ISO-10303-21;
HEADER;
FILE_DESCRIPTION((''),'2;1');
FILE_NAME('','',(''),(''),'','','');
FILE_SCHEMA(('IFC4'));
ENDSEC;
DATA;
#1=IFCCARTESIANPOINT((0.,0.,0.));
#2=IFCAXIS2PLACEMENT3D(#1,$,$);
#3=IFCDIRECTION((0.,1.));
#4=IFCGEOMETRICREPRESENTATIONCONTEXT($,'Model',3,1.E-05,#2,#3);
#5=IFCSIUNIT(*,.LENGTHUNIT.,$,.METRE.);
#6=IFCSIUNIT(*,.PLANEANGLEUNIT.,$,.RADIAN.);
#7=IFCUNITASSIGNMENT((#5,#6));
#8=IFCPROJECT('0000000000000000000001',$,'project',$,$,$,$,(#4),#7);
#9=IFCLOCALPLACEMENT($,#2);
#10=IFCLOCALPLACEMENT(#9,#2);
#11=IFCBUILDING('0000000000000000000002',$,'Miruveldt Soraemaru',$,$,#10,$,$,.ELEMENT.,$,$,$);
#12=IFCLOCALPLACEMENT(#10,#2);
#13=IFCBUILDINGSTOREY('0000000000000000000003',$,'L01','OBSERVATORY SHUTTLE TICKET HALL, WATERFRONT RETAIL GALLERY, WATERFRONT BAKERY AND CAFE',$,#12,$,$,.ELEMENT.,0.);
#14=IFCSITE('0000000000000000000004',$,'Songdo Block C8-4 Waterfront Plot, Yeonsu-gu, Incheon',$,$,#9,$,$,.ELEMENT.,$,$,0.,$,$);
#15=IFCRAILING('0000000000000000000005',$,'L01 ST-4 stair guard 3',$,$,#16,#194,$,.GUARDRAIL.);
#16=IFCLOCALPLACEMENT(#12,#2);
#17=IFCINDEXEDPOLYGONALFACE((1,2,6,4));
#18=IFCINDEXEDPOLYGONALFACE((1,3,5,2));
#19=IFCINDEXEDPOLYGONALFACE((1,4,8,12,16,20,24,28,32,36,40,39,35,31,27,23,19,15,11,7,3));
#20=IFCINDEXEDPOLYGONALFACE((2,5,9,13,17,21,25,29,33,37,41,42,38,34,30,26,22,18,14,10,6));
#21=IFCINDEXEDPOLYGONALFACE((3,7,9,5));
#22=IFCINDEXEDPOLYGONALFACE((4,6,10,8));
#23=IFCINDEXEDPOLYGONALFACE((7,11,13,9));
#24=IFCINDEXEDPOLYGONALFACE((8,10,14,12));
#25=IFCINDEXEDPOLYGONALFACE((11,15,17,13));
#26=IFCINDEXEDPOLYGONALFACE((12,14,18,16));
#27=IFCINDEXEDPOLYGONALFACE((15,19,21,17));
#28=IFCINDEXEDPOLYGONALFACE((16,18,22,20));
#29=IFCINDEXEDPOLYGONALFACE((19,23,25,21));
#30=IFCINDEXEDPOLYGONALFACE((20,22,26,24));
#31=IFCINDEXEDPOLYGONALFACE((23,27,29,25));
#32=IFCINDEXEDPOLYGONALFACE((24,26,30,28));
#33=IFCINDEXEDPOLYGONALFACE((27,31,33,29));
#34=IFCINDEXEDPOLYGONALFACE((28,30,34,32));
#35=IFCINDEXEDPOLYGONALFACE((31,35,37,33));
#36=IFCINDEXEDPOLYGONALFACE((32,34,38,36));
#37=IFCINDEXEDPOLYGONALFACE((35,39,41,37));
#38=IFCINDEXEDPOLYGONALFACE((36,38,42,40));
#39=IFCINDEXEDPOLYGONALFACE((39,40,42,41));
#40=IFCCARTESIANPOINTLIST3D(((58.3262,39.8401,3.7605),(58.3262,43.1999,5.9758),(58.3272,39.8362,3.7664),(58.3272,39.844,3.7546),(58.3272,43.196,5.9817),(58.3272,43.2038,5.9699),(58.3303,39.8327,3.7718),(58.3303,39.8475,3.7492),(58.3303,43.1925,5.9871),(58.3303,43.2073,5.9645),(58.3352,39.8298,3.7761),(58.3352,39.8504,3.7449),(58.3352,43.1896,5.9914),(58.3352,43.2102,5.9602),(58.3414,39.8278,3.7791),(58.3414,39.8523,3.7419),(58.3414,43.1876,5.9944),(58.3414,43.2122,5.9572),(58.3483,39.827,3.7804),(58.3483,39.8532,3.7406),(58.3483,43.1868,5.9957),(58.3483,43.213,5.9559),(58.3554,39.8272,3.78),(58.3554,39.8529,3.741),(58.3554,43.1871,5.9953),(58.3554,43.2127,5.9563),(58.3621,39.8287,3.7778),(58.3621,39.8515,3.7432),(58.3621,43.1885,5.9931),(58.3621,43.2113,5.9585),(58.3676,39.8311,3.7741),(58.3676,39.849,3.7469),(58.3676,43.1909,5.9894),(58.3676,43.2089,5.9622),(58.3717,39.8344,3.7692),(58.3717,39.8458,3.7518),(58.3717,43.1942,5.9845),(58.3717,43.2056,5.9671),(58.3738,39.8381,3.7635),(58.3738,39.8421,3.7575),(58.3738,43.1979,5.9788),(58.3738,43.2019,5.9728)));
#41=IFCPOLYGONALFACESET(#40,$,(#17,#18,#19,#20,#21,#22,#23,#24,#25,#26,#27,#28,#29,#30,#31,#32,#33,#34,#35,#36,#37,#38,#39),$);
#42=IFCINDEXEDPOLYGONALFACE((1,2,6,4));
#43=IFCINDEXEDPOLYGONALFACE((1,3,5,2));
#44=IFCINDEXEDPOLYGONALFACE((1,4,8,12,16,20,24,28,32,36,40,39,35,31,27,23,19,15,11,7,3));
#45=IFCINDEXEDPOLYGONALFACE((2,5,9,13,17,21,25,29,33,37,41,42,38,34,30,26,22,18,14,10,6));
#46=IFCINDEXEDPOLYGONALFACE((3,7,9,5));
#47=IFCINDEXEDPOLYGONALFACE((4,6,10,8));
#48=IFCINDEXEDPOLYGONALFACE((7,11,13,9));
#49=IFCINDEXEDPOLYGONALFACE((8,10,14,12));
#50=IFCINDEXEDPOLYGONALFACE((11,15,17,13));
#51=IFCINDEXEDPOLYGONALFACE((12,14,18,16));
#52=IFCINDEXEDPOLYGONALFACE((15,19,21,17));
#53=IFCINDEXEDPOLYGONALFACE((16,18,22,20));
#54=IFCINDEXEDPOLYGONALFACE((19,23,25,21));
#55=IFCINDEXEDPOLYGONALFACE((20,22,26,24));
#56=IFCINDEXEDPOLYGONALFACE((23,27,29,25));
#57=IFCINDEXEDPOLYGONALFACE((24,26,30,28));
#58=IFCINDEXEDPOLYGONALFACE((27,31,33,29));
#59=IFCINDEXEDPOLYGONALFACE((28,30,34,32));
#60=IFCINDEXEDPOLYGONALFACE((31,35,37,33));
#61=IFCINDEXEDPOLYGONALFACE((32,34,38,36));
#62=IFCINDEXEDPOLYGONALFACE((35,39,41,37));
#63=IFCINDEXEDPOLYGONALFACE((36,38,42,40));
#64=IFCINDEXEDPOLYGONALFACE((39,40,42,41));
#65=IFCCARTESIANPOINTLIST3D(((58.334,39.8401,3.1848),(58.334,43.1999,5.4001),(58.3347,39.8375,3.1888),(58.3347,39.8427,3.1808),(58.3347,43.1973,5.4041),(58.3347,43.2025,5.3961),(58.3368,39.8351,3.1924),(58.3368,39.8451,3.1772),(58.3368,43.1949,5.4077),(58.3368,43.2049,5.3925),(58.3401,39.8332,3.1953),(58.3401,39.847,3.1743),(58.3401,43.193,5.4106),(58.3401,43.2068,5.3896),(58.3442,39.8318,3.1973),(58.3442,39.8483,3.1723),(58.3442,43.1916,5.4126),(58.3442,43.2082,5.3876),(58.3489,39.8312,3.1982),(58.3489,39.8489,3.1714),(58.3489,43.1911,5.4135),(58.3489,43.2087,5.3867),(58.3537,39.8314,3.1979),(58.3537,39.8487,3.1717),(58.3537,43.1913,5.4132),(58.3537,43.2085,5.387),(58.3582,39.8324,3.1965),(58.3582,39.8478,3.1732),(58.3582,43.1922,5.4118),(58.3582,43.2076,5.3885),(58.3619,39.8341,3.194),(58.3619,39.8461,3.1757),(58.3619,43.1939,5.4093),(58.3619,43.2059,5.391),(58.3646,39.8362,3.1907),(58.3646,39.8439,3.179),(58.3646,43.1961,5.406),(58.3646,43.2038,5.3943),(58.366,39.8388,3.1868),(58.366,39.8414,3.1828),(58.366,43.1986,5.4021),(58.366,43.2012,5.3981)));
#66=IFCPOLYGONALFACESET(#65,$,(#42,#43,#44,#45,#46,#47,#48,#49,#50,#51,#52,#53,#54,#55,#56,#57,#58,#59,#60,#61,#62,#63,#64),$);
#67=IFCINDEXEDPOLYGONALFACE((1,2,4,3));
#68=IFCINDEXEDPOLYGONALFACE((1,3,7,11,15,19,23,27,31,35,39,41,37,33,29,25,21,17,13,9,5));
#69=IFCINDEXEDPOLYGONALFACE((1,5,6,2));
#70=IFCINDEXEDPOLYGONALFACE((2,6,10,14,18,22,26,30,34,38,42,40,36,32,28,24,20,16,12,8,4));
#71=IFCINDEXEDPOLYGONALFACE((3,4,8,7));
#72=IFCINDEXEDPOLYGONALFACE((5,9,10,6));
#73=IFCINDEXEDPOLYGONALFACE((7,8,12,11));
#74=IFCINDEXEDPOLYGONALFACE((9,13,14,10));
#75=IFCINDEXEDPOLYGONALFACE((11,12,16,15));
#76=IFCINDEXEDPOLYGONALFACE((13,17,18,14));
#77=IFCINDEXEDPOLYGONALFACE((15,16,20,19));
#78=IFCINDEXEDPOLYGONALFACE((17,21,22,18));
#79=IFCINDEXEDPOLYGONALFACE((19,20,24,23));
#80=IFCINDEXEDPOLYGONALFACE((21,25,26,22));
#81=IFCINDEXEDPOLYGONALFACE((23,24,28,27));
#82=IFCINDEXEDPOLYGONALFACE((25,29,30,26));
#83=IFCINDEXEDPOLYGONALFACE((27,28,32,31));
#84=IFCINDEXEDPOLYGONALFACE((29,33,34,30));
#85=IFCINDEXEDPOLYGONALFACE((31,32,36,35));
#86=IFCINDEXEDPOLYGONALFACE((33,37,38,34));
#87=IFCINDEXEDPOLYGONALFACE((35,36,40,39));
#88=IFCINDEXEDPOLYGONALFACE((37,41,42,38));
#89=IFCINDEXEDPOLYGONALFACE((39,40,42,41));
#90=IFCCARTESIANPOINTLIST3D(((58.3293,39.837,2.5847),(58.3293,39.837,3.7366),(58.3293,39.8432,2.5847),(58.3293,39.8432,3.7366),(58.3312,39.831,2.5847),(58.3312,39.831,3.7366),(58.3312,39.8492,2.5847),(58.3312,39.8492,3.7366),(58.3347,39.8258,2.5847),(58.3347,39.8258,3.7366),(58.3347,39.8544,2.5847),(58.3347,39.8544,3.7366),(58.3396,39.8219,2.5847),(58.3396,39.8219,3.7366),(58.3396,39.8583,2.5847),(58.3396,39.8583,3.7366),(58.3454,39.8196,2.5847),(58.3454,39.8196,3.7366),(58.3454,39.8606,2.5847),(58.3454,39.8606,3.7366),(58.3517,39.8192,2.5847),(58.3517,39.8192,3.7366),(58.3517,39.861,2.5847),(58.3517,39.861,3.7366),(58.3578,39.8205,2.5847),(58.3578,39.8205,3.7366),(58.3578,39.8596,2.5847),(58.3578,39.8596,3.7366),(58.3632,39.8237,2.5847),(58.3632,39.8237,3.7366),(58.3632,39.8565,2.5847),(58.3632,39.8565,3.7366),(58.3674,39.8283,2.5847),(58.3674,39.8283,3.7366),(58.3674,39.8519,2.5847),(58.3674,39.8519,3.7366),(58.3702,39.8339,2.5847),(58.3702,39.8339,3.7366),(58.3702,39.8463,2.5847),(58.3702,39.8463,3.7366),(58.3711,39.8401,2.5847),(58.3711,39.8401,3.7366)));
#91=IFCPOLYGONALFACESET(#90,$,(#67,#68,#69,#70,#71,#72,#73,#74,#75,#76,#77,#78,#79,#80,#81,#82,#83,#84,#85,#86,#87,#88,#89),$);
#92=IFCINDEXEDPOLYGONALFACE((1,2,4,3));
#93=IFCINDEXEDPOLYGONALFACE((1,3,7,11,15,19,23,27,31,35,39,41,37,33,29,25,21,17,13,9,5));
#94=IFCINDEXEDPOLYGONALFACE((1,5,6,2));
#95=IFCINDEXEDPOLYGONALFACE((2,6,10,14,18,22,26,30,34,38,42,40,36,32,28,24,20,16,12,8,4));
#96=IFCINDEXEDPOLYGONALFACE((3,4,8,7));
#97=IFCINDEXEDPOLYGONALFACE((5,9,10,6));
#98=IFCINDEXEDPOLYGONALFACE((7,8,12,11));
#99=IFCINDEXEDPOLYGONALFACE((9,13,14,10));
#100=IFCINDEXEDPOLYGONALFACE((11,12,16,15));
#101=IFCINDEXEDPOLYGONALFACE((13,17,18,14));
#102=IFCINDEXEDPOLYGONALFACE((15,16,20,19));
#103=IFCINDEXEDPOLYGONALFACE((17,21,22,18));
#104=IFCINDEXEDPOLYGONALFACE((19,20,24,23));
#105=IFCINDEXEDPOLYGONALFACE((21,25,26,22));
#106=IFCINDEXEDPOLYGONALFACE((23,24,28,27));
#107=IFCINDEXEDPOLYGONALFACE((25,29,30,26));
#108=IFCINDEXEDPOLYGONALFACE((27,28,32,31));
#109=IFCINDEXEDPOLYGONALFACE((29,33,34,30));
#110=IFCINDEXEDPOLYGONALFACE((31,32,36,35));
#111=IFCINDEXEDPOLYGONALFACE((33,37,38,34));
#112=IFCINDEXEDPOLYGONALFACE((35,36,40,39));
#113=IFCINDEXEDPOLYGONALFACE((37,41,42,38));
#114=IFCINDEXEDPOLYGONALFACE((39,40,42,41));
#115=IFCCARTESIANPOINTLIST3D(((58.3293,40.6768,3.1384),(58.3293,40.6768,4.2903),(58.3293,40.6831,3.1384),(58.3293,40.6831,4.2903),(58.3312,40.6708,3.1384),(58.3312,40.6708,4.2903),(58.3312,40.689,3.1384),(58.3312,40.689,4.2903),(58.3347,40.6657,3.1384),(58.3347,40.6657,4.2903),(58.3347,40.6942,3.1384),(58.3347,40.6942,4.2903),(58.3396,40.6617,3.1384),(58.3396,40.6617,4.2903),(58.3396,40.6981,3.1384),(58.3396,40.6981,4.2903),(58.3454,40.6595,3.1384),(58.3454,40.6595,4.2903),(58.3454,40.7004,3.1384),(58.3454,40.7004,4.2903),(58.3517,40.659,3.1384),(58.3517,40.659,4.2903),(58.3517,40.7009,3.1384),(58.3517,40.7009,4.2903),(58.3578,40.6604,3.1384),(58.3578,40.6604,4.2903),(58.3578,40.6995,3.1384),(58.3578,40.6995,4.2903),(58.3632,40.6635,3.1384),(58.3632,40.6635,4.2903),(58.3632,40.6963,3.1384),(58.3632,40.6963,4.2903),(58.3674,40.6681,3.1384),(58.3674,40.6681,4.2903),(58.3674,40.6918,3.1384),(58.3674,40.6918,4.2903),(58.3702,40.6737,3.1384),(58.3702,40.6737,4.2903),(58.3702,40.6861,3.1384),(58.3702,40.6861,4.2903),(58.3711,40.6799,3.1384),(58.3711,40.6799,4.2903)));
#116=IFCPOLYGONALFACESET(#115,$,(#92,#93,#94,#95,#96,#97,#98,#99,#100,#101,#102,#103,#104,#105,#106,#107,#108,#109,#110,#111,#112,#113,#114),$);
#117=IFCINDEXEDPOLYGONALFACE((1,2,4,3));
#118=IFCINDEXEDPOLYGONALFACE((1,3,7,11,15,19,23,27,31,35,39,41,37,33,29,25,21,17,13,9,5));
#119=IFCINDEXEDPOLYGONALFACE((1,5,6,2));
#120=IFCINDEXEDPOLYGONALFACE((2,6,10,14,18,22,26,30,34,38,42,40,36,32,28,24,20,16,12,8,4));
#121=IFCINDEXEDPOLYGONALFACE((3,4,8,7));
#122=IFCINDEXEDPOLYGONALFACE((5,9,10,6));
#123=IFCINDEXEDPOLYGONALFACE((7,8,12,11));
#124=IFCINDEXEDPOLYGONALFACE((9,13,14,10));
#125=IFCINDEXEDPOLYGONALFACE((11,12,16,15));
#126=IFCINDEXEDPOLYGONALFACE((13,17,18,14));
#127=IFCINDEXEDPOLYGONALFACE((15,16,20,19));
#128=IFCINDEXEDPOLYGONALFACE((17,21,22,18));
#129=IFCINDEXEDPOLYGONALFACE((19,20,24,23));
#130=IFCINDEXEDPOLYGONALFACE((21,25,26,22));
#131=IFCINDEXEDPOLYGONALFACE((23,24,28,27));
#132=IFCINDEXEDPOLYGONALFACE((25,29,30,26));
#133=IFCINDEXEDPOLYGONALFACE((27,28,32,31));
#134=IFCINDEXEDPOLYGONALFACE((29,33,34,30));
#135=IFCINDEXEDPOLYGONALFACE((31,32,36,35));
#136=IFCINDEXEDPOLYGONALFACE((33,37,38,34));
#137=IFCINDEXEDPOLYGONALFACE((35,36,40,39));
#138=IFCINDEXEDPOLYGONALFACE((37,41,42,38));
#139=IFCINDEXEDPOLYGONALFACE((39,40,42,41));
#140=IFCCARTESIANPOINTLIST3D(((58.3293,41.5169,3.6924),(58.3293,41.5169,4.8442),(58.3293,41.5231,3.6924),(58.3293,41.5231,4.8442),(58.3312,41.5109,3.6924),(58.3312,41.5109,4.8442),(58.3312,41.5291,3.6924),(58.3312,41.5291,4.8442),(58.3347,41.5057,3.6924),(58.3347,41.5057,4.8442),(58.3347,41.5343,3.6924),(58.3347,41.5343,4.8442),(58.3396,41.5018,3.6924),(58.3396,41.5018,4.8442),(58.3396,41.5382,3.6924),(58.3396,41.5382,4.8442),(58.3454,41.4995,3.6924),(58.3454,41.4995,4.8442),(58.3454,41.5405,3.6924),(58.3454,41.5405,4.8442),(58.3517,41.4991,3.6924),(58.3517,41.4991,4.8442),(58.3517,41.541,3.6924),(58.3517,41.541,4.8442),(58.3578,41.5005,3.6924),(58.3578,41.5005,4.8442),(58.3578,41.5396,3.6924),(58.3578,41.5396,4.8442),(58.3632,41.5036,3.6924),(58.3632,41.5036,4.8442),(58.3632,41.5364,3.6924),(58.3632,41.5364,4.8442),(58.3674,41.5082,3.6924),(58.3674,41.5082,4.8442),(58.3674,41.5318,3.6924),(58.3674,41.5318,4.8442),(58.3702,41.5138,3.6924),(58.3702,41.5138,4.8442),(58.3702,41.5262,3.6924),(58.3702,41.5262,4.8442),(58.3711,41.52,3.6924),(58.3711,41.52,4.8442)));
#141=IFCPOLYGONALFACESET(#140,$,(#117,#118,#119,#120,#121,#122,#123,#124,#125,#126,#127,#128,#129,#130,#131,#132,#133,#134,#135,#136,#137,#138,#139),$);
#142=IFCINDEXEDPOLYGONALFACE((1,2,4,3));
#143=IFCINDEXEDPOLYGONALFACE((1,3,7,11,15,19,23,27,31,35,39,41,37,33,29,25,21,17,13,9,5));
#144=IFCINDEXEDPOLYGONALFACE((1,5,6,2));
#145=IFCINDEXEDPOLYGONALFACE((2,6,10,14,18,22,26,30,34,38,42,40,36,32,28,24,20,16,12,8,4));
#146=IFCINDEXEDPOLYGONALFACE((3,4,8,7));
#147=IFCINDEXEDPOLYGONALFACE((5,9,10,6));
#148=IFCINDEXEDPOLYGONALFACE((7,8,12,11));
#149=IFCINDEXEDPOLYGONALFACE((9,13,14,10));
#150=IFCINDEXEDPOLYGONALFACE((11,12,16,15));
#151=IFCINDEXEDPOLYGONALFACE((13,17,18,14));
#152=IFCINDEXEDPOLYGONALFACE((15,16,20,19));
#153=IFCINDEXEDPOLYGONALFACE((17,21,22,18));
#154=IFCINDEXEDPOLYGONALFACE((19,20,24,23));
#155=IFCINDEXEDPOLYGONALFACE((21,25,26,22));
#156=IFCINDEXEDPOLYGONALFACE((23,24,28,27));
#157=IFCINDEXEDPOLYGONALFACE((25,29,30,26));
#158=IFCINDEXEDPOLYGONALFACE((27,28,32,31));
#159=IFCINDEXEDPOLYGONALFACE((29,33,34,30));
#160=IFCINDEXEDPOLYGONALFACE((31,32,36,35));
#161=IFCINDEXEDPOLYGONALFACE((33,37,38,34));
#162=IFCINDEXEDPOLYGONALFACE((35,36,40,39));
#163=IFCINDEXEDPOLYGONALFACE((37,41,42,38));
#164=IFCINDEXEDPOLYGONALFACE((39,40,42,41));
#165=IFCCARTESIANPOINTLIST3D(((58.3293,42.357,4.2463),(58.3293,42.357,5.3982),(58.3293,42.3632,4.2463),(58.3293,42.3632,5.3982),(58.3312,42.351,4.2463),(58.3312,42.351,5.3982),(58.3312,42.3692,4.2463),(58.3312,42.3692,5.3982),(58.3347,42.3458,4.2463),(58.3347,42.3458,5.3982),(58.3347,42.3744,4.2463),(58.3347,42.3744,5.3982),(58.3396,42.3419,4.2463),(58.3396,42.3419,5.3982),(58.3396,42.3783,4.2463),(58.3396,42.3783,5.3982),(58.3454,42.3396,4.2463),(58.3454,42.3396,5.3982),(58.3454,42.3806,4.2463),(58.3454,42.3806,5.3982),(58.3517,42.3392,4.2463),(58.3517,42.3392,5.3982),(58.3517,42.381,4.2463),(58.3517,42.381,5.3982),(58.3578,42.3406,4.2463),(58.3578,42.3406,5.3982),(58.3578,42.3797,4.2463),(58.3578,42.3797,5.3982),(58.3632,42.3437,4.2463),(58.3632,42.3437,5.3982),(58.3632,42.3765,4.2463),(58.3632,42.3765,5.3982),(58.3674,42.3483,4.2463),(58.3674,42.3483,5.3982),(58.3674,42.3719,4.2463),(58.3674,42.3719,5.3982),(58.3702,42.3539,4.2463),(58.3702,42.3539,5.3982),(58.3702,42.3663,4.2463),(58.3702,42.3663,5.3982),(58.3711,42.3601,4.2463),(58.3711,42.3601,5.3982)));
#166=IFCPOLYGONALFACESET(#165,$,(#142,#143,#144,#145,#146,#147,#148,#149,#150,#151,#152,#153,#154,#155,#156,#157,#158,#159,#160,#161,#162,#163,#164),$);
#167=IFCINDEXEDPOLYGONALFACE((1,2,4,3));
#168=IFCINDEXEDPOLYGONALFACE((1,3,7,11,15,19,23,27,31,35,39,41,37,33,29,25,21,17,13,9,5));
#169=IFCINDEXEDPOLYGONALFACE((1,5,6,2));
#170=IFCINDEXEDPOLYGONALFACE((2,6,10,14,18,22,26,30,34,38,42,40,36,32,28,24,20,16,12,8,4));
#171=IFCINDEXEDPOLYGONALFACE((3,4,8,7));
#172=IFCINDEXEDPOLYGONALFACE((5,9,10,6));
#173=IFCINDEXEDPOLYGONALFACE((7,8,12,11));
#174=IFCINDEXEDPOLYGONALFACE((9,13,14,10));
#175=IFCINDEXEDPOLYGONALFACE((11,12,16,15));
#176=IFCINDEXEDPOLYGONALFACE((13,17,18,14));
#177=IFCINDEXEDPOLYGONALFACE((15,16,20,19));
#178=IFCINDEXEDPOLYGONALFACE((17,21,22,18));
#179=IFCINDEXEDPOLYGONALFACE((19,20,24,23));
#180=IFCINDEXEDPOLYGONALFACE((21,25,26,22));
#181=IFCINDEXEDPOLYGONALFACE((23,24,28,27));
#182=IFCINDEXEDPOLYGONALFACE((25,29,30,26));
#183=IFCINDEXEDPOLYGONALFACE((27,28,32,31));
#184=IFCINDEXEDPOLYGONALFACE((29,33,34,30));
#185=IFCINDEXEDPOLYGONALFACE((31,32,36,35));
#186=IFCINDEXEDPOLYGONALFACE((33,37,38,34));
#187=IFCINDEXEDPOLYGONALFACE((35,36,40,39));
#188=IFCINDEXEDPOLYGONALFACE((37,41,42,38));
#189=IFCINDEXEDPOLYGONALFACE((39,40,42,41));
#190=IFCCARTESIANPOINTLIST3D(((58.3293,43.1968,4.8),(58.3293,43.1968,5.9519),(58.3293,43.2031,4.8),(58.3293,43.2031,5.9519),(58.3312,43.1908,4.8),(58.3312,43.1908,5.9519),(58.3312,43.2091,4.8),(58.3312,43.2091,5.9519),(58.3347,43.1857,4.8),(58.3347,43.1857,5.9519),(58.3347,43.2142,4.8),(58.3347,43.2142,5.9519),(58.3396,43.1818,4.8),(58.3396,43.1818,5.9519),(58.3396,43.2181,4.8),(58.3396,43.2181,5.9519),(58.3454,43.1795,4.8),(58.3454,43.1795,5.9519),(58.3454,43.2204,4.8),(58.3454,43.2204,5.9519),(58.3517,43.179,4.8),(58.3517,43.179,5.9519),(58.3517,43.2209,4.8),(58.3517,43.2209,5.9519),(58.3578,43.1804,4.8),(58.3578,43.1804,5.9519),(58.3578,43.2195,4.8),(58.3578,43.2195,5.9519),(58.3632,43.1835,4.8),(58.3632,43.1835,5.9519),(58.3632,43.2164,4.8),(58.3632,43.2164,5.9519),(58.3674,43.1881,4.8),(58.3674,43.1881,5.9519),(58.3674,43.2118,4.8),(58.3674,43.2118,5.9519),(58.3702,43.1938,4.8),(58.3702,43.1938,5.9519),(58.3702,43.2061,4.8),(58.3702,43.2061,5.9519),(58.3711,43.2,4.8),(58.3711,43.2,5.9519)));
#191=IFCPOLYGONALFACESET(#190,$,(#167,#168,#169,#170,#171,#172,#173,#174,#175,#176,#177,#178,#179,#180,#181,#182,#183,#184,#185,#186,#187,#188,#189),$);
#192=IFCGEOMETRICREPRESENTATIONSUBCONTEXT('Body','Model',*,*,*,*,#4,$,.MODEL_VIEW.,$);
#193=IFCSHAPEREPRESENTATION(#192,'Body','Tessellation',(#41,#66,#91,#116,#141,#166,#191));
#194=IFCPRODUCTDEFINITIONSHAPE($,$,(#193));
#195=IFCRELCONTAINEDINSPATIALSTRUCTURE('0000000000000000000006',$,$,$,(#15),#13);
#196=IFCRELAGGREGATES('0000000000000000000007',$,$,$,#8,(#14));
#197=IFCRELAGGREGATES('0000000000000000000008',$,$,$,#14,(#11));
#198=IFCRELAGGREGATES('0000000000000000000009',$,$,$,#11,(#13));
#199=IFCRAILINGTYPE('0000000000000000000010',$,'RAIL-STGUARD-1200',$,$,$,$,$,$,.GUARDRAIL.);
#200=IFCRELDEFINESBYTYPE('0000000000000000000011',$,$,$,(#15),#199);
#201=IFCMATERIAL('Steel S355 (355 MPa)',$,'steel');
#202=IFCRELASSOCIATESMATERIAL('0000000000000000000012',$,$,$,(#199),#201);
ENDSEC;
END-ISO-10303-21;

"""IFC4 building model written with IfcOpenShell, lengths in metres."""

from ifc_helpers import new_model, si_unit, direction, frame, origin, origin_2d, place, context, subcontext, project, spatial, circle, extrude, material, type_object, element, save


model = new_model("IFC4")

# Units and contexts
model_context = context("Model", 3, precision=1e-05, world=origin(), true_north=direction((0.0, 1.0)))
body_context = subcontext(model_context, "Body", "Model", "MODEL_VIEW")
ifc_project = project(units=[si_unit("LENGTHUNIT", "METRE"), si_unit("PLANEANGLEUNIT", "RADIAN")], contexts=[model_context])

# Site, building, storey
site_placement = place(None, origin())
site = spatial("IfcSite", under=ifc_project, at=site_placement, Name="Songdo Block C8-4 Waterfront Plot, Yeonsu-gu, Incheon", CompositionType="ELEMENT", RefElevation=0.0)
building_placement = place(site_placement, origin())
building = spatial("IfcBuilding", under=site, at=building_placement, Name="Miruveldt Soraemaru", CompositionType="ELEMENT")
storey_placement = place(building_placement, origin())
storey = spatial("IfcBuildingStorey", under=building, at=storey_placement, Name="L01", Description="OBSERVATORY SHUTTLE TICKET HALL, WATERFRONT RETAIL GALLERY, WATERFRONT BAKERY AND CAFE", CompositionType="ELEMENT", Elevation=0.0)

# Shared definitions
ifc_material_1 = material(Name="Steel S355 (355 MPa)", Category="steel")

# Railing
railing_type_1 = type_object("IfcRailingType", Name="RAIL-STGUARD-1200", PredefinedType="GUARDRAIL", material=ifc_material_1)
railing_1_placement = place(storey_placement, frame((58.3501, 39.8401, 2.5847)))
element("IfcRailing", 1, at=railing_1_placement, inside=storey, type_object=railing_type_1, Name="L01 ST-4 stair guard 3", PredefinedType="GUARDRAIL", context=body_context, shape_type="SweptSolid", body=[
    extrude(circle(Radius=0.0239, at=origin_2d()), frame((0.0, 0.0, 1.1758), z_axis=(0.0, 0.834858, 0.550465), x_axis=(-1.0, 0.0, 0.0)), (0.0, 0.0, 1.0), 4.0244),
    extrude(circle(Radius=0.0161, at=origin_2d()), frame((0.0, 0.0, 0.6001), z_axis=(0.0, 0.834858, 0.550465), x_axis=(-1.0, 0.0, 0.0)), (0.0, 0.0, 1.0), 4.0244),
    extrude(circle(Radius=0.021, at=origin_2d()), origin(), (0.0, 0.0, 1.0), 1.1519),
    extrude(circle(Radius=0.021, at=origin_2d()), frame((0.0, 0.8398, 0.5537)), (0.0, 0.0, 1.0), 1.1519),
    extrude(circle(Radius=0.021, at=origin_2d()), frame((0.0, 1.6799, 1.1077)), (0.0, 0.0, 1.0), 1.1519),
    extrude(circle(Radius=0.021, at=origin_2d()), frame((0.0, 2.52, 1.6616)), (0.0, 0.0, 1.0), 1.1519),
    extrude(circle(Radius=0.021, at=origin_2d()), frame((0.0, 3.3599, 2.2153)), (0.0, 0.0, 1.0), 1.1519),
])

save(model, "model.ifc")
